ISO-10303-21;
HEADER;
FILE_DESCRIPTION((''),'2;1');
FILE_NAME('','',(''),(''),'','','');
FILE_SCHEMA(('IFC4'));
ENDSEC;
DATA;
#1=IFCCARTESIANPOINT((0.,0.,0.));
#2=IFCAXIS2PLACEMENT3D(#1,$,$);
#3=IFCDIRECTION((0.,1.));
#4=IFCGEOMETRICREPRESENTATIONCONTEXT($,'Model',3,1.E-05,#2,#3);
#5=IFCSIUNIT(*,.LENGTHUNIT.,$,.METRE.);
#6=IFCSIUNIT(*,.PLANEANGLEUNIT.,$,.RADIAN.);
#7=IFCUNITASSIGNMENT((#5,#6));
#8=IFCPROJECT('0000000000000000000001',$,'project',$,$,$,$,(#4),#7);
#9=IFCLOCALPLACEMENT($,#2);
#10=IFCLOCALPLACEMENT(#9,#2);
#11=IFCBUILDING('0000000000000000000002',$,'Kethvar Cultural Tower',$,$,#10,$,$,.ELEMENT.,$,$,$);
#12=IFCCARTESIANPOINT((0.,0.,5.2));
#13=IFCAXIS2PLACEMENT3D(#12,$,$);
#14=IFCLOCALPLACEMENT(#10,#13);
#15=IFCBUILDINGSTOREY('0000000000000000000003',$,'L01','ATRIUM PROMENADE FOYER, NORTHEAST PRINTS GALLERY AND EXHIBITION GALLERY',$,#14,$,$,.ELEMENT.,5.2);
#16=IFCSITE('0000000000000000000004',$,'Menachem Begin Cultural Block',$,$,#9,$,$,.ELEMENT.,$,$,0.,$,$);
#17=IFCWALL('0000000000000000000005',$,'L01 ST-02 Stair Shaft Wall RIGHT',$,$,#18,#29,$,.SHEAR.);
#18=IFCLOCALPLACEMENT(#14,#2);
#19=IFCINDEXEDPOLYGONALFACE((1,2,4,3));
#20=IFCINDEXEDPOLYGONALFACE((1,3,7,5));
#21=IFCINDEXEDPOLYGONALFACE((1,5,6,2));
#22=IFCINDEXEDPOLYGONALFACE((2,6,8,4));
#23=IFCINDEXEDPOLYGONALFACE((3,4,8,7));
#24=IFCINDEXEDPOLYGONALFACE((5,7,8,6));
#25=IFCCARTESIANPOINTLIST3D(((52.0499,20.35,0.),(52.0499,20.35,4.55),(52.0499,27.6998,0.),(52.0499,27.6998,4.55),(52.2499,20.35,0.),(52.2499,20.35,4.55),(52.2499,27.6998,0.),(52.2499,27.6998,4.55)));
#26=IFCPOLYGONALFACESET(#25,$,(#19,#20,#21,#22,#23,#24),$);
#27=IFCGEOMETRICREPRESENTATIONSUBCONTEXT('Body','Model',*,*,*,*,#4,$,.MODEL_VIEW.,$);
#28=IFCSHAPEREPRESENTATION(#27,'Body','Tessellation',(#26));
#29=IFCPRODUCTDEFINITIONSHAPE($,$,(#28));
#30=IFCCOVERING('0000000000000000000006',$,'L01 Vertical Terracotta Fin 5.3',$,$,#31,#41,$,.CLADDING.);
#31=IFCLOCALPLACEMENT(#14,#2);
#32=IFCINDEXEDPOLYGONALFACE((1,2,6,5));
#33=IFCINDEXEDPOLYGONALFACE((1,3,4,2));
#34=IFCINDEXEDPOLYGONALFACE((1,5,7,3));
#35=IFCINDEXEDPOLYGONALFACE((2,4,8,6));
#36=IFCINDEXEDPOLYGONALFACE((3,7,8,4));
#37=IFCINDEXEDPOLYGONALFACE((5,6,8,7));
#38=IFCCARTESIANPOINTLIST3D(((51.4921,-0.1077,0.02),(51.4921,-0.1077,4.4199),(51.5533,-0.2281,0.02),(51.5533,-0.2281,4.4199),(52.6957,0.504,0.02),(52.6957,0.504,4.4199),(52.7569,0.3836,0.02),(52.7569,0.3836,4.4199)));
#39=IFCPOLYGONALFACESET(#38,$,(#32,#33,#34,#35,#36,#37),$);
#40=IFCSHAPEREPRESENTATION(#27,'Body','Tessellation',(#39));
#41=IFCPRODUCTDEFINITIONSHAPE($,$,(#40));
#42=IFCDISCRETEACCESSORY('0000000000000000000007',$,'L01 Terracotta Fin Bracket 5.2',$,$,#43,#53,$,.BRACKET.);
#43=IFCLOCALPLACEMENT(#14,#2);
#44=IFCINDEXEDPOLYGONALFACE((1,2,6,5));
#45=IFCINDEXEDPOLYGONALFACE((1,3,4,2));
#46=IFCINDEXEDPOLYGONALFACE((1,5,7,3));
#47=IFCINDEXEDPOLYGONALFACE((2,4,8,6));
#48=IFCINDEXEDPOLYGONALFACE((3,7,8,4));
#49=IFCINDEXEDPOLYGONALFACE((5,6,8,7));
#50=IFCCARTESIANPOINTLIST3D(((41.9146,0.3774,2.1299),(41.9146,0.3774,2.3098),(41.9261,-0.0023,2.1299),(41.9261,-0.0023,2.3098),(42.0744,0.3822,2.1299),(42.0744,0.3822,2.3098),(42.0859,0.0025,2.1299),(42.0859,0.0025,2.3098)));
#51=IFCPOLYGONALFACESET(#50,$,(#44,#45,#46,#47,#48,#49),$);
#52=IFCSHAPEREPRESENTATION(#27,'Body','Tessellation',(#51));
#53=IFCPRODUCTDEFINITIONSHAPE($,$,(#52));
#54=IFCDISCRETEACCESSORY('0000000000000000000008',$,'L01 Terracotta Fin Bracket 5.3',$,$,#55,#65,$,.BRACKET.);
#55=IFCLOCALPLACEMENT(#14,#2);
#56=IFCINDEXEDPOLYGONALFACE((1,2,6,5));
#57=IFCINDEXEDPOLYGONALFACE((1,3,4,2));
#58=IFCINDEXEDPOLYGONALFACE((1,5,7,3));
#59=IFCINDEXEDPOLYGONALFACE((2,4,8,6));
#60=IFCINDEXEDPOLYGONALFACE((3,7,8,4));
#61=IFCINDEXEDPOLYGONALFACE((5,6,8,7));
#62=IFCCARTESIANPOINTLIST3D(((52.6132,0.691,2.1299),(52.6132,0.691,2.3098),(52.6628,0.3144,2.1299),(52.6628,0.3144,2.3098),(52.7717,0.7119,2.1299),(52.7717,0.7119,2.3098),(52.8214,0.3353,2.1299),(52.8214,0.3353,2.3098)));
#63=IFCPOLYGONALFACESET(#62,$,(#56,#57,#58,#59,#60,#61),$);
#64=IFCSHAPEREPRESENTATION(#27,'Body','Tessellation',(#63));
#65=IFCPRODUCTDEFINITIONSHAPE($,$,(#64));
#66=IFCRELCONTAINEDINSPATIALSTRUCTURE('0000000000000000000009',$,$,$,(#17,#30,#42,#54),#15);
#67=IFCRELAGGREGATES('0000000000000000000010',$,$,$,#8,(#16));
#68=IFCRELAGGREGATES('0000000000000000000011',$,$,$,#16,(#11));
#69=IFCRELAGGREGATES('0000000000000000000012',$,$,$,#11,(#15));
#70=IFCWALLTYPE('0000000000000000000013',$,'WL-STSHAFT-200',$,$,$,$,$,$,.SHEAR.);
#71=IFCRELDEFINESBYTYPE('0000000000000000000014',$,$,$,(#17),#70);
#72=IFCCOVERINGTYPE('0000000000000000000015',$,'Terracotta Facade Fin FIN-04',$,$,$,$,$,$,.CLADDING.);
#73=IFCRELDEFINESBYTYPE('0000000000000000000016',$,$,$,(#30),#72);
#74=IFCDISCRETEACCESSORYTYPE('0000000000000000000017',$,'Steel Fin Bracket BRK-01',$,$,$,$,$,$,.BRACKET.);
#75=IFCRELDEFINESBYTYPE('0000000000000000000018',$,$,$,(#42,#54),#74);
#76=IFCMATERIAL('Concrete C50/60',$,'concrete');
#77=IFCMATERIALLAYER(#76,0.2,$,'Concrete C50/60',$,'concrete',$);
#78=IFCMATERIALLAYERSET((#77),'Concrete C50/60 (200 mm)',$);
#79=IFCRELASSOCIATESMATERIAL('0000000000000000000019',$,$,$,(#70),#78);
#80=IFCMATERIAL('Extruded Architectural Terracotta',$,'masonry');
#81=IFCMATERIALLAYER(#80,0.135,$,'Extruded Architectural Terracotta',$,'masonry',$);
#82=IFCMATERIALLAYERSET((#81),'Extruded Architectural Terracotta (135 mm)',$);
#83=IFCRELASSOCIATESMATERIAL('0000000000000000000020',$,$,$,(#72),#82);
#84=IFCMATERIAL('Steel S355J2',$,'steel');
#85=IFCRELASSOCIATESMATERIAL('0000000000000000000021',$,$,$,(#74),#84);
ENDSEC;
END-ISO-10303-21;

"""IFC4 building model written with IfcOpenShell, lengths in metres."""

from ifc_helpers import new_model, si_unit, direction, frame, frame_2d, origin, origin_2d, place, context, subcontext, project, spatial, rectangle, extrude, source, transform, mapped, material, layer, layer_set, type_object, element, save


model = new_model("IFC4")

# Units and contexts
model_context = context("Model", 3, precision=1e-05, world=origin(), true_north=direction((0.0, 1.0)))
body_context = subcontext(model_context, "Body", "Model", "MODEL_VIEW")
ifc_project = project(units=[si_unit("LENGTHUNIT", "METRE"), si_unit("PLANEANGLEUNIT", "RADIAN")], contexts=[model_context])

# Site, building, storey
site_placement = place(None, origin())
site = spatial("IfcSite", under=ifc_project, at=site_placement, Name="Menachem Begin Cultural Block", CompositionType="ELEMENT", RefElevation=0.0)
building_placement = place(site_placement, origin())
building = spatial("IfcBuilding", under=site, at=building_placement, Name="Kethvar Cultural Tower", CompositionType="ELEMENT")
storey_placement = place(building_placement, frame((0.0, 0.0, 5.2)))
storey = spatial("IfcBuildingStorey", under=building, at=storey_placement, Name="L01", Description="ATRIUM PROMENADE FOYER, NORTHEAST PRINTS GALLERY AND EXHIBITION GALLERY", CompositionType="ELEMENT", Elevation=5.2)

# Shared definitions
ifc_material_1 = material(Name="Steel S355J2", Category="steel")

# Wall
ifc_material_2 = material(Name="Concrete C50/60", Category="concrete")
ifc_layer_1 = layer(ifc_material_2, 0.2, Name="Concrete C50/60", Category="concrete")
ifc_layer_set_1 = layer_set([ifc_layer_1], Name="Concrete C50/60 (200 mm)")
wall_type_1 = type_object("IfcWallType", Name="WL-STSHAFT-200", PredefinedType="SHEAR", material=ifc_layer_set_1)
wall_1_placement = place(storey_placement, frame((52.1499, 20.3501, 0.0), z_axis=(0.0, 0.0, 1.0), x_axis=(0.0, 1.0, 0.0)))
element("IfcWall", 1, at=wall_1_placement, inside=storey, type_object=wall_type_1, Name="L01 ST-02 Stair Shaft Wall RIGHT", PredefinedType="SHEAR", context=body_context, shape_type="SweptSolid", body=[
    extrude(rectangle(XDim=7.3499, YDim=0.2, at=frame_2d((3.6748, 0.0))), origin(), (0.0, 0.0, 1.0), 4.55),
])

# Covering
ifc_material_3 = material(Name="Extruded Architectural Terracotta", Category="masonry")
ifc_layer_2 = layer(ifc_material_3, 0.135, Name="Extruded Architectural Terracotta", Category="masonry")
ifc_layer_set_2 = layer_set([ifc_layer_2], Name="Extruded Architectural Terracotta (135 mm)")
covering_type = type_object("IfcCoveringType", Name="Terracotta Facade Fin FIN-04", PredefinedType="CLADDING", material=ifc_layer_set_2)
shared_shape_1 = source(origin(), body_context, "Body", "SweptSolid", [
    extrude(rectangle(XDim=1.3501, YDim=0.135, at=origin_2d()), origin(), (0.0, 0.0, 1.0), 4.3999),
])
covering_placement = place(storey_placement, frame((52.1245, 0.1379, 0.02), z_axis=(0.0, 0.0, 1.0), x_axis=(-0.891481, -0.453057, 0.0)))
element("IfcCovering", 2, at=covering_placement, inside=storey, type_object=covering_type, Name="L01 Vertical Terracotta Fin 5.3", PredefinedType="CLADDING", context=body_context, shape_type="MappedRepresentation", body=[
    mapped(shared_shape_1, transform((0.0, 0.0, 0.0), scale=1.0)),
])

# Discrete accessories
discrete_accessory_type = type_object("IfcDiscreteAccessoryType", Name="Steel Fin Bracket BRK-01", PredefinedType="BRACKET", material=ifc_material_1)
shared_shape_2 = source(origin(), body_context, "Body", "SweptSolid", [
    extrude(rectangle(XDim=0.3799, YDim=0.1599, at=origin_2d()), origin(), (0.0, 0.0, 1.0), 0.1799),
])
for number, where, z_axis, x_axis, name in (
    (3, (42.0002, 0.1899, 2.1299), (0.0, 0.0, 1.0), (0.03019, -0.999544, 0.0), "L01 Terracotta Fin Bracket 5.2"),
    (4, (52.7173, 0.5132, 2.1299), (0.0, 0.0, 1.0), (0.130699, -0.991422, 0.0), "L01 Terracotta Fin Bracket 5.3"),
):
    element("IfcDiscreteAccessory", number, at=place(storey_placement, frame(where, z_axis=z_axis, x_axis=x_axis)), inside=storey, type_object=discrete_accessory_type, Name=name, PredefinedType="BRACKET", context=body_context, shape_type="MappedRepresentation", body=[
        mapped(shared_shape_2, transform((0.0, 0.0, 0.0), scale=1.0)),
    ])

save(model, "model.ifc")
